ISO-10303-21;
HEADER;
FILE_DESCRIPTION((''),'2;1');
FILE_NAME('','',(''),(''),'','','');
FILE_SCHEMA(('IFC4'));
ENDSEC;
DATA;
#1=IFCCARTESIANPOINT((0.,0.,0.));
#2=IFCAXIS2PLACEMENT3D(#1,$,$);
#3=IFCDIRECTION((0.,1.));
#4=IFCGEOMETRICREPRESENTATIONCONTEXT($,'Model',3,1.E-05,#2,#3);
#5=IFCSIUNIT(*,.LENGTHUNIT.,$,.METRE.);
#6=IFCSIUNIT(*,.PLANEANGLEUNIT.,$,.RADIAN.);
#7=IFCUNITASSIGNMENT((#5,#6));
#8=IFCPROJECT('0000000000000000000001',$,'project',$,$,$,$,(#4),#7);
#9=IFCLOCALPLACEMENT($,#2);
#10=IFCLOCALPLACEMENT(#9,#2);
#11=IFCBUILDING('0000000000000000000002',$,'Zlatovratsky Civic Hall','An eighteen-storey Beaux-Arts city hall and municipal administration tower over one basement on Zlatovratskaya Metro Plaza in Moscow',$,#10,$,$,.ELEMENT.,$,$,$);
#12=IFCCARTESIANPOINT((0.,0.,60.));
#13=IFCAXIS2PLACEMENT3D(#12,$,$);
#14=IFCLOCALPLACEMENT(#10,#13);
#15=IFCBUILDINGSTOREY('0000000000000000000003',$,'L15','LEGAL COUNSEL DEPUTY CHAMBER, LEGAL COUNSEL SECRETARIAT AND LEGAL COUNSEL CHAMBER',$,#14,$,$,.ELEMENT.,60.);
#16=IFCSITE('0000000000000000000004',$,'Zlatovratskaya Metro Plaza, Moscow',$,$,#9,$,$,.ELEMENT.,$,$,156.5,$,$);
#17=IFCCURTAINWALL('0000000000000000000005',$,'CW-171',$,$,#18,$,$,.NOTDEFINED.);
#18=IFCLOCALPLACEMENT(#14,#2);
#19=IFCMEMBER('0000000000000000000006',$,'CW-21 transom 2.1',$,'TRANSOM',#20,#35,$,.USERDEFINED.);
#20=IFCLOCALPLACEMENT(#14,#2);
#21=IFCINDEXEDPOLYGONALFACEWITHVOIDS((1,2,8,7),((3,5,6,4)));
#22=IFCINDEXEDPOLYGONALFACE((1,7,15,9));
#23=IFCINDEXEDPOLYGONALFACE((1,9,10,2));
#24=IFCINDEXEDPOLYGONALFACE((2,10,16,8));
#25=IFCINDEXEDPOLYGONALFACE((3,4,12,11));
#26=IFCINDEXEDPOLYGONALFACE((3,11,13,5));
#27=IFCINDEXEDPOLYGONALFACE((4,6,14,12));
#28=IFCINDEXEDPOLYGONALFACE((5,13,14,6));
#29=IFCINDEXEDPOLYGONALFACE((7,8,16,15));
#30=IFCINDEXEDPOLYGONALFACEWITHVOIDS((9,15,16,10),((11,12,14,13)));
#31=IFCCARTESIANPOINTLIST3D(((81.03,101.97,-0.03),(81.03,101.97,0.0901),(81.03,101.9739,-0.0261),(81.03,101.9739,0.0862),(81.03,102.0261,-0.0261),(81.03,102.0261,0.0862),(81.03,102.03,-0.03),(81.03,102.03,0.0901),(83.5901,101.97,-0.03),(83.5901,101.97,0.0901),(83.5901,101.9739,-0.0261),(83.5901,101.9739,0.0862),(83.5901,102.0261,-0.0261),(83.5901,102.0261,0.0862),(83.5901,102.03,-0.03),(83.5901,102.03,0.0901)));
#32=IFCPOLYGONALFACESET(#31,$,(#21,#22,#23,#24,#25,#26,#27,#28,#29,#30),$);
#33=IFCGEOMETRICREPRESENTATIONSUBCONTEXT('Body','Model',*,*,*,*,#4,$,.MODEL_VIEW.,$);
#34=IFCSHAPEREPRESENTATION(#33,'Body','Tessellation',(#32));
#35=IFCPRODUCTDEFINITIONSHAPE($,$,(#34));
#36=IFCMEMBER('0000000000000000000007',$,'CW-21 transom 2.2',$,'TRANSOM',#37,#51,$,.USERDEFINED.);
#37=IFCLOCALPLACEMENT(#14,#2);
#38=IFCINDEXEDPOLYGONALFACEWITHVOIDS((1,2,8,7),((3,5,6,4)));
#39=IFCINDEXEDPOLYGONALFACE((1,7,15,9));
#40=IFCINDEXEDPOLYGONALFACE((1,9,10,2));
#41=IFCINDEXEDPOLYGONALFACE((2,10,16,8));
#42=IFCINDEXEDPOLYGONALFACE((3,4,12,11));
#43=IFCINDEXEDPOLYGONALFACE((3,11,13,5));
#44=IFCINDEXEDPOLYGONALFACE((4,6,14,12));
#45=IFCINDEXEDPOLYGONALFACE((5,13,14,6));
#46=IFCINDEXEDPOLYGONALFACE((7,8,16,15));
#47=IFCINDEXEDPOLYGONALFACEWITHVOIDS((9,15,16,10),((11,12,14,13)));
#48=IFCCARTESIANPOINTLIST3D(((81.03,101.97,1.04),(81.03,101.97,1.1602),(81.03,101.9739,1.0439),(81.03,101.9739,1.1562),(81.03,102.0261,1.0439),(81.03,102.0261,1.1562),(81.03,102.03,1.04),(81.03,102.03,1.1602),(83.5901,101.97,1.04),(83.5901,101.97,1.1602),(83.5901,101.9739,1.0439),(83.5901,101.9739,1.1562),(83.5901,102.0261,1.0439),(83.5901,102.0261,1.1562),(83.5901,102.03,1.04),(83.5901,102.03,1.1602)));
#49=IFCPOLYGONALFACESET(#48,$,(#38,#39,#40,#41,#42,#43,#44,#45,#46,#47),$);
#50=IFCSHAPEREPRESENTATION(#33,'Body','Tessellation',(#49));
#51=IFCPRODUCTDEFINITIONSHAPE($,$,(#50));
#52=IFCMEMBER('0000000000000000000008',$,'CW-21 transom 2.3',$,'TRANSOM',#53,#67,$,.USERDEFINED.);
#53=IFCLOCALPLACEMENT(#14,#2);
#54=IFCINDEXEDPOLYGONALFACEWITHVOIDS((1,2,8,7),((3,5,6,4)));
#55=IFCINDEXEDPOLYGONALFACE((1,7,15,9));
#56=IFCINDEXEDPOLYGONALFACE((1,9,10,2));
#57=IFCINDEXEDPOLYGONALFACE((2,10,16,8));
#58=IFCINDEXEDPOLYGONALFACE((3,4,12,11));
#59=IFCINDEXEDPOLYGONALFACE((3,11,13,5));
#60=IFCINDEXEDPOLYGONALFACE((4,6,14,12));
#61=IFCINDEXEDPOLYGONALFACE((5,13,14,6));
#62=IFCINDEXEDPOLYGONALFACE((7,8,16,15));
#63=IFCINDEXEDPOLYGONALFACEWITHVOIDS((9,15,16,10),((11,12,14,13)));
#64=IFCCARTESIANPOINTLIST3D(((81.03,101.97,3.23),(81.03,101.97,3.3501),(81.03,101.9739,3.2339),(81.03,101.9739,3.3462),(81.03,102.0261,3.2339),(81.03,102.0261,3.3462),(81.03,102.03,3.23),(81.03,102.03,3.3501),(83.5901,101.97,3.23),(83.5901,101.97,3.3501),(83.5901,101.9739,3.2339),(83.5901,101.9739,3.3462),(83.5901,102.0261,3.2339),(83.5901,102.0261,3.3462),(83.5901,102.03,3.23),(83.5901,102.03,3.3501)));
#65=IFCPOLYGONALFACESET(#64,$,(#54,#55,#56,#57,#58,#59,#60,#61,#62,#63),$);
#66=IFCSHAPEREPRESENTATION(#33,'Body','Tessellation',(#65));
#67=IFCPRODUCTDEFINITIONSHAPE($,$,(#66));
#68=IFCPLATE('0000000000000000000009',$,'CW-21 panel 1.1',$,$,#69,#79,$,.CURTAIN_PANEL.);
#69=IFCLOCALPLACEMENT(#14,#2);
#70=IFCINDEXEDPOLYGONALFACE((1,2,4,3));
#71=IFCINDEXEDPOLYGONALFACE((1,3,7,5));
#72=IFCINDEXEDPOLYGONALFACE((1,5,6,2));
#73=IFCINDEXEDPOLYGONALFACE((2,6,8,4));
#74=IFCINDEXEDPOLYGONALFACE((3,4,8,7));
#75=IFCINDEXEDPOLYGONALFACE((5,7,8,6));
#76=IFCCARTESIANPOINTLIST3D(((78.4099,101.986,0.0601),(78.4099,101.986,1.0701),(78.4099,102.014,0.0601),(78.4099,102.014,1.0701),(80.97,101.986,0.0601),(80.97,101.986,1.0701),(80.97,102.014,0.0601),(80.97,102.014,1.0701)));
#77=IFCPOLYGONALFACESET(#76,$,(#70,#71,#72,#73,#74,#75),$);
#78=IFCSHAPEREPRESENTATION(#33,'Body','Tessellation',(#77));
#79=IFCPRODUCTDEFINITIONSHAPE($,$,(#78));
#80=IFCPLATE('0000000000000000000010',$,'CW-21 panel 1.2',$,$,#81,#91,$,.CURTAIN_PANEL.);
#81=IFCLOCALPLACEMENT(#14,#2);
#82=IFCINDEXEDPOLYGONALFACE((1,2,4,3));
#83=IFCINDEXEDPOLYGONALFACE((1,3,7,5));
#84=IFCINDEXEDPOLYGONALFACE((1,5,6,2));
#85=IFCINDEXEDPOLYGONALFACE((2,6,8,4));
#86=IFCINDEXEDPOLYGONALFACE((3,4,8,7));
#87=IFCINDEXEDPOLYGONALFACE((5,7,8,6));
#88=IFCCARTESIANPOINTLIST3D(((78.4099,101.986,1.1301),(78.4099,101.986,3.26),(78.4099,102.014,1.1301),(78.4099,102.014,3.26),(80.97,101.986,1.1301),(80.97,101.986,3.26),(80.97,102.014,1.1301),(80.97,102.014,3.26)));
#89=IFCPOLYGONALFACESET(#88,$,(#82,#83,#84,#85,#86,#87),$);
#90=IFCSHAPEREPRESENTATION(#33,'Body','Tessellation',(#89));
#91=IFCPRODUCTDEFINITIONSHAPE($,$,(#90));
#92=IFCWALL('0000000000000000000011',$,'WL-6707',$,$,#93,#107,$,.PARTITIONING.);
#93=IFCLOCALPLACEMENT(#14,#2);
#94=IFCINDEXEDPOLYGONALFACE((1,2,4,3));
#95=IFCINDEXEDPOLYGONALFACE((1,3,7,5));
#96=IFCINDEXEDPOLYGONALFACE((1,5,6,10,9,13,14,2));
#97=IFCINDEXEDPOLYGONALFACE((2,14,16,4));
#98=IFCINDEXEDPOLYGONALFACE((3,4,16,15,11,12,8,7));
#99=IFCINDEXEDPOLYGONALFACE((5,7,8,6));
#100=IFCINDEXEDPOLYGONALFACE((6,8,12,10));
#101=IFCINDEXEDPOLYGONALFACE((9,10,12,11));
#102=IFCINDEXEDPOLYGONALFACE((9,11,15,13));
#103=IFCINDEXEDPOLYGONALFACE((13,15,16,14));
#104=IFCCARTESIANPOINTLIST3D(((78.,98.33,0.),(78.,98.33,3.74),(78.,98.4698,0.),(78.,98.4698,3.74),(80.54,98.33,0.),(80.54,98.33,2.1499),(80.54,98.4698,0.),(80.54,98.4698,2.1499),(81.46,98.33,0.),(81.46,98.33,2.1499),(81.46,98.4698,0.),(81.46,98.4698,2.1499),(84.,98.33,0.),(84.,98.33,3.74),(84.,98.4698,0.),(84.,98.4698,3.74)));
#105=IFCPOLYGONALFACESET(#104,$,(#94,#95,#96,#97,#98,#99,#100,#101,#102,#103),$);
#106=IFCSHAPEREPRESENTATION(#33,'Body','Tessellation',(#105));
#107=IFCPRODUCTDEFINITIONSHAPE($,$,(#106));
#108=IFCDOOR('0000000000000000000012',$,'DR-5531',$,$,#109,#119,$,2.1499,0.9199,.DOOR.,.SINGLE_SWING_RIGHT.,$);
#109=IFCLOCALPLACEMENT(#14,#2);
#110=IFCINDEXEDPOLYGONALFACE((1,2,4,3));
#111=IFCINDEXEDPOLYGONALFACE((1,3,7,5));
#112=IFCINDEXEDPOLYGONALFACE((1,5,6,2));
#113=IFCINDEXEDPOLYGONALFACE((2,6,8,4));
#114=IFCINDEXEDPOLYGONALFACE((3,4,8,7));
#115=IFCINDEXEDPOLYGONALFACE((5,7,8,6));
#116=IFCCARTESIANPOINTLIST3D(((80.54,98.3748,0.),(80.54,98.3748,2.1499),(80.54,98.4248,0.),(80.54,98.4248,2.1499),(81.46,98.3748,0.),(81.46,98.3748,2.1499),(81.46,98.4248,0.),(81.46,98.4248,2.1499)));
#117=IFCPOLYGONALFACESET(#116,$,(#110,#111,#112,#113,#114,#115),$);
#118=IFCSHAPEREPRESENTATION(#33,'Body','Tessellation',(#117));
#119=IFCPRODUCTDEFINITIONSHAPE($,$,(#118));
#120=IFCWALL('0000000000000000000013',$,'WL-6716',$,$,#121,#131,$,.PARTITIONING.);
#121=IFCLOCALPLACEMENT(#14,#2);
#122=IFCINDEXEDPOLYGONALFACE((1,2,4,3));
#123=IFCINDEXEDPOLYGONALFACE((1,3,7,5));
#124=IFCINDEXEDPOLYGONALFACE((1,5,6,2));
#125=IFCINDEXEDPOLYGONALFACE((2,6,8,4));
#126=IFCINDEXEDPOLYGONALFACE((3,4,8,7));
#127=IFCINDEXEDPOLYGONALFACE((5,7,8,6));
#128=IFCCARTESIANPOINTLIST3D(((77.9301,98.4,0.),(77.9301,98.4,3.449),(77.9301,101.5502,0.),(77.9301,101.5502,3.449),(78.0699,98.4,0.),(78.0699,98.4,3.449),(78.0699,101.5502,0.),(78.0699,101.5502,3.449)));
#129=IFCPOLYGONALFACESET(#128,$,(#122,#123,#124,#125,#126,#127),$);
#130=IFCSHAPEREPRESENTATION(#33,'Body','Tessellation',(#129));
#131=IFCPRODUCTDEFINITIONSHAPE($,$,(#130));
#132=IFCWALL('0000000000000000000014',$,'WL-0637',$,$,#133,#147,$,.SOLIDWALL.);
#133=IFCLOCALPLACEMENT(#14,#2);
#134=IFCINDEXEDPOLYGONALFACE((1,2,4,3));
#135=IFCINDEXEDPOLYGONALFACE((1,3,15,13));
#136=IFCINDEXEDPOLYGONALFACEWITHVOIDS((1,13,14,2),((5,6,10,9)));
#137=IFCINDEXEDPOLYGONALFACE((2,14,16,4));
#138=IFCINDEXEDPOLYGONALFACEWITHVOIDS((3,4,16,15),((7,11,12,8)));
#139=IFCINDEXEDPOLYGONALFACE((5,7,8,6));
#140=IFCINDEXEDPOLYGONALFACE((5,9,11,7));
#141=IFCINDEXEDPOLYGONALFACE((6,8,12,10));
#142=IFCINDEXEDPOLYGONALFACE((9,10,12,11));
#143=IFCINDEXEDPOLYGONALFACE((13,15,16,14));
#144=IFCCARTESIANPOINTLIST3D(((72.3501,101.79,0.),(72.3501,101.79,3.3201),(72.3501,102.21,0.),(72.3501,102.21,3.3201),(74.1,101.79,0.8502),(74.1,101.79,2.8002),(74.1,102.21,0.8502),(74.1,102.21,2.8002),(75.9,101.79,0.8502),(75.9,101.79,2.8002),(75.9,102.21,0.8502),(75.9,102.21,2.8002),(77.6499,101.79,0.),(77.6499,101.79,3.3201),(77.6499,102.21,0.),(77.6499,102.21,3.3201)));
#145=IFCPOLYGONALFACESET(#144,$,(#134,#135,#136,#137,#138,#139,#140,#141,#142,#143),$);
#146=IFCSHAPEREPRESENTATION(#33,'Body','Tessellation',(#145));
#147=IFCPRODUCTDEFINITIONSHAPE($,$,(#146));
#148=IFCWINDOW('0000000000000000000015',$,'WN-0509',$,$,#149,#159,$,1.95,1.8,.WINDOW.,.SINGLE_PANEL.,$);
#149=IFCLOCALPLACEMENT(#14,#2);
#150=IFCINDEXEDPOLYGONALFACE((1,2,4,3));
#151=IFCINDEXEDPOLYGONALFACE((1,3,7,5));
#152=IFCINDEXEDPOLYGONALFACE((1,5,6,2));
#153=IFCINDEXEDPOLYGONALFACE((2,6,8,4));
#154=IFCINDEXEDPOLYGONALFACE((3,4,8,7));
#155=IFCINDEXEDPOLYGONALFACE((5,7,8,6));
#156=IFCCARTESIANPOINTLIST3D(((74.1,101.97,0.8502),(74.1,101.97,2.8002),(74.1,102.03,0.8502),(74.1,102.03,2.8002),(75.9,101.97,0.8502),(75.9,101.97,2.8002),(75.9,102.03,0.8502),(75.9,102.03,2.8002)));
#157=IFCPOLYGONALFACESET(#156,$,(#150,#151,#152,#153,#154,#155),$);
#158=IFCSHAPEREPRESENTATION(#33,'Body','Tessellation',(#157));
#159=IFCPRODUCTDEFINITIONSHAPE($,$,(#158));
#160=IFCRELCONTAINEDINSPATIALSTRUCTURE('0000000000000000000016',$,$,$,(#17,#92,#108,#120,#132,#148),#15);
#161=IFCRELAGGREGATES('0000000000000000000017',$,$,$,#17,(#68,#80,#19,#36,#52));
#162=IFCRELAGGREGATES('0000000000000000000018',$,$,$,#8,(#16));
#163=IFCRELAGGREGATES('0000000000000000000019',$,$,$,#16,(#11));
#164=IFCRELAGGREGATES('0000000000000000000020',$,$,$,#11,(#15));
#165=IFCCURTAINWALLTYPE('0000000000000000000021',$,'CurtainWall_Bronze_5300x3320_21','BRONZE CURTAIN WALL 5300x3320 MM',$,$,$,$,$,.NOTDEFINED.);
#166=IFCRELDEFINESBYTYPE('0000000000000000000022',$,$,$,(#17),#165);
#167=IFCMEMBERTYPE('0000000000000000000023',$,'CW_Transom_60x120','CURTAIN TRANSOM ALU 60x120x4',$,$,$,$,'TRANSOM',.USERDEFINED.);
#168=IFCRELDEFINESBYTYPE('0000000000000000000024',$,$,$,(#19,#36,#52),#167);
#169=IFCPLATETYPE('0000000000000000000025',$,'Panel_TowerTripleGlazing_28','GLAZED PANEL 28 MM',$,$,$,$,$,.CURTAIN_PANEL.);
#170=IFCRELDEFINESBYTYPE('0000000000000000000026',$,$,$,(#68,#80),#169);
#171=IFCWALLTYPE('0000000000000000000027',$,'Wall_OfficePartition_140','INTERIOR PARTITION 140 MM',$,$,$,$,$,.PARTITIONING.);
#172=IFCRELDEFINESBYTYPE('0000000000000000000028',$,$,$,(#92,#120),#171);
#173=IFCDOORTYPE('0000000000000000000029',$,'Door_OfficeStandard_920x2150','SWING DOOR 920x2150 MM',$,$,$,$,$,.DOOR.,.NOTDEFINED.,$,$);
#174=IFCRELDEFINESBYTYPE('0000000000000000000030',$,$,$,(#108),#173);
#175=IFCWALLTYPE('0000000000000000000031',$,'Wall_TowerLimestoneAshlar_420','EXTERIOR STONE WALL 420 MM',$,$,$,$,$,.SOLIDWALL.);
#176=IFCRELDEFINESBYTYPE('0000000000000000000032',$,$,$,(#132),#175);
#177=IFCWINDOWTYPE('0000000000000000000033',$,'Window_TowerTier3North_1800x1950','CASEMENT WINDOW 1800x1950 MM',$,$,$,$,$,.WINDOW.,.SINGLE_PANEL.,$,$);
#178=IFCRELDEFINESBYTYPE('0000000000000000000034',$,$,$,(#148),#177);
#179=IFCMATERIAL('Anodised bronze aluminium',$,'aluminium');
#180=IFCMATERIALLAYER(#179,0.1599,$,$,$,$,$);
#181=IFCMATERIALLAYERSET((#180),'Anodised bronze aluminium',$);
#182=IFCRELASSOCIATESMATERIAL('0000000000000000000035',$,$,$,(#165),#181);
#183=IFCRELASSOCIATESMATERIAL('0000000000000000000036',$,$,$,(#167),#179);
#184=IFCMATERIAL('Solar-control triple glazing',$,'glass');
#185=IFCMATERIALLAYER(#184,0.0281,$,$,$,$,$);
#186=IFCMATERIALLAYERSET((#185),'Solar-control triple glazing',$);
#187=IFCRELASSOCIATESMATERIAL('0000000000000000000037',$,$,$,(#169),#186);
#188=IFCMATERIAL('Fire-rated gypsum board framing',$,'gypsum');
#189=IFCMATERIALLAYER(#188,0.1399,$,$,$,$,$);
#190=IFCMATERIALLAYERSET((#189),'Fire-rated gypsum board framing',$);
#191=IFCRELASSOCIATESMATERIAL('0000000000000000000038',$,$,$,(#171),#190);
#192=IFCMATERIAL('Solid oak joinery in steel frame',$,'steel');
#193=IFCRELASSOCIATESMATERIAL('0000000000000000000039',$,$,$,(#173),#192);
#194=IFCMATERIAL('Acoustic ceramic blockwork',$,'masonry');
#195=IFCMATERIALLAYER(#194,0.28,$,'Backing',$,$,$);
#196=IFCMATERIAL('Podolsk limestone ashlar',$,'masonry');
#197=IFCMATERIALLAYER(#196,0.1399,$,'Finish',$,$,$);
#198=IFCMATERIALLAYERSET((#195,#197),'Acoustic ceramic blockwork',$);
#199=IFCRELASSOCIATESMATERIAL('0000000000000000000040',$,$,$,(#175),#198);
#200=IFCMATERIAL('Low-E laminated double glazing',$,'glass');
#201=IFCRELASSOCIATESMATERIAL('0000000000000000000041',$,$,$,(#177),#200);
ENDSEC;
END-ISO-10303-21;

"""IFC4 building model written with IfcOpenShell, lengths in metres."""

from ifc_helpers import new_model, si_unit, direction, frame, frame_2d, origin, origin_2d, place, context, subcontext, project, spatial, rectangle, hollow_rectangle, extrude, material, layer, layer_set, material_profile, profile_set, type_object, element, fill, aggregate, save


model = new_model("IFC4")

# Units and contexts
model_context = context("Model", 3, precision=1e-05, world=origin(), true_north=direction((0.0, 1.0)))
body_context = subcontext(model_context, "Body", "Model", "MODEL_VIEW")
ifc_project = project(units=[si_unit("LENGTHUNIT", "METRE"), si_unit("PLANEANGLEUNIT", "RADIAN")], contexts=[model_context])

# Site, building, storey
site_placement = place(None, origin())
site = spatial("IfcSite", under=ifc_project, at=site_placement, Name="Zlatovratskaya Metro Plaza, Moscow", CompositionType="ELEMENT", RefElevation=156.5)
building_placement = place(site_placement, origin())
building = spatial("IfcBuilding", under=site, at=building_placement, Name="Zlatovratsky Civic Hall", Description="An eighteen-storey Beaux-Arts city hall and municipal administration tower over one basement on Zlatovratskaya Metro Plaza in Moscow", CompositionType="ELEMENT")
storey_placement = place(building_placement, frame((0.0, 0.0, 60.0)))
storey = spatial("IfcBuildingStorey", under=building, at=storey_placement, Name="L15", Description="LEGAL COUNSEL DEPUTY CHAMBER, LEGAL COUNSEL SECRETARIAT AND LEGAL COUNSEL CHAMBER", CompositionType="ELEMENT", Elevation=60.0)

# Curtain wall, members, plates
ifc_material_1 = material(Name="Anodised bronze aluminium", Category="aluminium")
ifc_layer_1 = layer(ifc_material_1, 0.1599)
ifc_layer_set_1 = layer_set([ifc_layer_1], Name="Anodised bronze aluminium")
curtain_wall_type = type_object("IfcCurtainWallType", Name="CurtainWall_Bronze_5300x3320_21", Description="BRONZE CURTAIN WALL 5300x3320 MM", PredefinedType="NOTDEFINED", material=ifc_layer_set_1)
curtain_wall_placement = place(storey_placement, origin())
curtain_wall = element("IfcCurtainWall", 1, at=curtain_wall_placement, inside=storey, type_object=curtain_wall_type, Name="CW-171", PredefinedType="NOTDEFINED")
ifc_material_profile_1 = material_profile(ifc_material_1, hollow_rectangle(XDim=0.0601, YDim=0.1201, WallThickness=0.0039, at=origin_2d()), Name="ALU 60x120x4")
ifc_profile_set_1 = profile_set([ifc_material_profile_1], Name="Anodised bronze aluminium")
member_type_1 = type_object("IfcMemberType", Name="CW_Transom_60x120", Description="CURTAIN TRANSOM ALU 60x120x4", ElementType="TRANSOM", PredefinedType="USERDEFINED", material=ifc_profile_set_1)
member_1_placement = place(storey_placement, frame((81.03, 102.0, 0.03), z_axis=(1.0, 0.0, 0.0), x_axis=(0.0, 1.0, 0.0)))
member_1 = element("IfcMember", 2, at=member_1_placement, type_object=member_type_1, Name="CW-21 transom 2.1", ObjectType="TRANSOM", PredefinedType="USERDEFINED", context=body_context, shape_type="SweptSolid", body=[
    extrude(hollow_rectangle(XDim=0.0601, YDim=0.1201, WallThickness=0.0039, at=origin_2d()), origin(), (0.0, 0.0, 1.0), 2.5601),
])
member_2_placement = place(storey_placement, frame((81.03, 102.0, 1.1001), z_axis=(1.0, 0.0, 0.0), x_axis=(0.0, 1.0, 0.0)))
member_2 = element("IfcMember", 3, at=member_2_placement, type_object=member_type_1, Name="CW-21 transom 2.2", ObjectType="TRANSOM", PredefinedType="USERDEFINED", context=body_context, shape_type="SweptSolid", body=[
    extrude(hollow_rectangle(XDim=0.0601, YDim=0.1201, WallThickness=0.0039, at=origin_2d()), origin(), (0.0, 0.0, 1.0), 2.5601),
])
member_3_placement = place(storey_placement, frame((81.03, 102.0, 3.29), z_axis=(1.0, 0.0, 0.0), x_axis=(0.0, 1.0, 0.0)))
member_3 = element("IfcMember", 4, at=member_3_placement, type_object=member_type_1, Name="CW-21 transom 2.3", ObjectType="TRANSOM", PredefinedType="USERDEFINED", context=body_context, shape_type="SweptSolid", body=[
    extrude(hollow_rectangle(XDim=0.0601, YDim=0.1201, WallThickness=0.0039, at=origin_2d()), origin(), (0.0, 0.0, 1.0), 2.5601),
])
ifc_material_2 = material(Name="Solar-control triple glazing", Category="glass")
ifc_layer_2 = layer(ifc_material_2, 0.0281)
ifc_layer_set_2 = layer_set([ifc_layer_2], Name="Solar-control triple glazing")
plate_type = type_object("IfcPlateType", Name="Panel_TowerTripleGlazing_28", Description="GLAZED PANEL 28 MM", PredefinedType="CURTAIN_PANEL", material=ifc_layer_set_2)
plate_1_placement = place(storey_placement, frame((79.6899, 102.0, 0.0601), z_axis=(0.0, 0.0, 1.0), x_axis=(1.0, 0.0, 0.0)))
plate_1 = element("IfcPlate", 5, at=plate_1_placement, type_object=plate_type, Name="CW-21 panel 1.1", PredefinedType="CURTAIN_PANEL", context=body_context, shape_type="SweptSolid", body=[
    extrude(rectangle(XDim=2.5601, YDim=0.0281, at=origin_2d()), origin(), (0.0, 0.0, 1.0), 1.01),
])
plate_2_placement = place(storey_placement, frame((79.6899, 102.0, 1.1301), z_axis=(0.0, 0.0, 1.0), x_axis=(1.0, 0.0, 0.0)))
plate_2 = element("IfcPlate", 6, at=plate_2_placement, type_object=plate_type, Name="CW-21 panel 1.2", PredefinedType="CURTAIN_PANEL", context=body_context, shape_type="SweptSolid", body=[
    extrude(rectangle(XDim=2.5601, YDim=0.0281, at=origin_2d()), origin(), (0.0, 0.0, 1.0), 2.1299),
])
aggregate(curtain_wall, [plate_1, plate_2, member_1, member_2, member_3])

# Wall, opening, door
ifc_material_3 = material(Name="Fire-rated gypsum board framing", Category="gypsum")
ifc_layer_3 = layer(ifc_material_3, 0.1399)
ifc_layer_set_3 = layer_set([ifc_layer_3], Name="Fire-rated gypsum board framing")
wall_type_1 = type_object("IfcWallType", Name="Wall_OfficePartition_140", Description="INTERIOR PARTITION 140 MM", PredefinedType="PARTITIONING", material=ifc_layer_set_3)
wall_1_placement = place(storey_placement, frame((78.0, 98.3999, 0.0), z_axis=(0.0, 0.0, 1.0), x_axis=(1.0, 0.0, 0.0)))
wall_1 = element("IfcWall", 7, at=wall_1_placement, inside=storey, type_object=wall_type_1, Name="WL-6707", PredefinedType="PARTITIONING", context=body_context, shape_type="SweptSolid", body=[
    extrude(rectangle(XDim=6.0, YDim=0.1399, at=frame_2d((3.0, 0.0))), origin(), (0.0, 0.0, 1.0), 3.74),
])
opening_1_placement = place(wall_1_placement, frame((2.54, 0.0, 0.0)))
opening_1 = element("IfcOpeningElement", 8, at=opening_1_placement, cuts=wall_1, PredefinedType="OPENING", context=body_context, shape_type="SweptSolid", body=[
    extrude(rectangle(XDim=0.9199, YDim=2.1499, at=frame_2d((0.46, 1.075))), frame((0.0, 0.085, 0.0), z_axis=(0.0, -1.0, 0.0), x_axis=(1.0, 0.0, 0.0)), (0.0, 0.0, 1.0), 0.1697),
])
ifc_material_4 = material(Name="Solid oak joinery in steel frame", Category="steel")
door_type = type_object("IfcDoorType", Name="Door_OfficeStandard_920x2150", Description="SWING DOOR 920x2150 MM", OperationType="NOTDEFINED", PredefinedType="DOOR", material=ifc_material_4)
door_placement = place(opening_1_placement, origin())
door = element("IfcDoor", 9, at=door_placement, inside=storey, type_object=door_type, Name="DR-5531", OperationType="SINGLE_SWING_RIGHT", OverallHeight=2.1499, OverallWidth=0.9199, PredefinedType="DOOR", context=body_context, shape_type="SweptSolid", body=[
    extrude(rectangle(XDim=0.9199, YDim=2.1499, at=frame_2d((0.46, 1.075))), frame((0.0, 0.0249, 0.0), z_axis=(0.0, -1.0, 0.0), x_axis=(1.0, 0.0, 0.0)), (0.0, 0.0, 1.0), 0.05),
])
fill(opening_1, door)

# Wall
wall_2_placement = place(storey_placement, frame((78.0, 98.3999, 0.0), z_axis=(0.0, 0.0, 1.0), x_axis=(0.0, 1.0, 0.0)))
element("IfcWall", 10, at=wall_2_placement, inside=storey, type_object=wall_type_1, Name="WL-6716", PredefinedType="PARTITIONING", context=body_context, shape_type="SweptSolid", body=[
    extrude(rectangle(XDim=3.1501, YDim=0.1399, at=frame_2d((1.5752, 0.0))), origin(), (0.0, 0.0, 1.0), 3.449),
])

# Wall, opening, window
ifc_material_5 = material(Name="Acoustic ceramic blockwork", Category="masonry")
ifc_layer_4 = layer(ifc_material_5, 0.28, Name="Backing")
ifc_material_6 = material(Name="Podolsk limestone ashlar", Category="masonry")
ifc_layer_5 = layer(ifc_material_6, 0.1399, Name="Finish")
ifc_layer_set_4 = layer_set([ifc_layer_4, ifc_layer_5], Name="Acoustic ceramic blockwork")
wall_type_2 = type_object("IfcWallType", Name="Wall_TowerLimestoneAshlar_420", Description="EXTERIOR STONE WALL 420 MM", PredefinedType="SOLIDWALL", material=ifc_layer_set_4)
wall_3_placement = place(storey_placement, frame((72.3501, 102.0, 0.0), z_axis=(0.0, 0.0, 1.0), x_axis=(1.0, 0.0, 0.0)))
wall_3 = element("IfcWall", 11, at=wall_3_placement, inside=storey, type_object=wall_type_2, Name="WL-0637", PredefinedType="SOLIDWALL", context=body_context, shape_type="SweptSolid", body=[
    extrude(rectangle(XDim=5.2998, YDim=0.4199, at=frame_2d((2.6499, 0.0))), origin(), (0.0, 0.0, 1.0), 3.3201),
])
opening_2_placement = place(wall_3_placement, frame((1.75, 0.0, 0.8501)))
opening_2 = element("IfcOpeningElement", 12, at=opening_2_placement, cuts=wall_3, PredefinedType="OPENING", context=body_context, shape_type="SweptSolid", body=[
    extrude(rectangle(XDim=1.8, YDim=1.95, at=frame_2d((0.8999, 0.9751))), frame((0.0, 0.2249, 0.0), z_axis=(0.0, -1.0, 0.0), x_axis=(1.0, 0.0, 0.0)), (0.0, 0.0, 1.0), 0.4497),
])
ifc_material_7 = material(Name="Low-E laminated double glazing", Category="glass")
window_type = type_object("IfcWindowType", Name="Window_TowerTier3North_1800x1950", Description="CASEMENT WINDOW 1800x1950 MM", PartitioningType="SINGLE_PANEL", PredefinedType="WINDOW", material=ifc_material_7)
window_placement = place(opening_2_placement, origin())
window = element("IfcWindow", 13, at=window_placement, inside=storey, type_object=window_type, Name="WN-0509", OverallHeight=1.95, OverallWidth=1.8, PartitioningType="SINGLE_PANEL", PredefinedType="WINDOW", context=body_context, shape_type="SweptSolid", body=[
    extrude(rectangle(XDim=1.8, YDim=1.95, at=frame_2d((0.8999, 0.9751))), frame((0.0, 0.03, 0.0), z_axis=(0.0, -1.0, 0.0), x_axis=(1.0, 0.0, 0.0)), (0.0, 0.0, 1.0), 0.0601),
])
fill(opening_2, window)

save(model, "model.ifc")
